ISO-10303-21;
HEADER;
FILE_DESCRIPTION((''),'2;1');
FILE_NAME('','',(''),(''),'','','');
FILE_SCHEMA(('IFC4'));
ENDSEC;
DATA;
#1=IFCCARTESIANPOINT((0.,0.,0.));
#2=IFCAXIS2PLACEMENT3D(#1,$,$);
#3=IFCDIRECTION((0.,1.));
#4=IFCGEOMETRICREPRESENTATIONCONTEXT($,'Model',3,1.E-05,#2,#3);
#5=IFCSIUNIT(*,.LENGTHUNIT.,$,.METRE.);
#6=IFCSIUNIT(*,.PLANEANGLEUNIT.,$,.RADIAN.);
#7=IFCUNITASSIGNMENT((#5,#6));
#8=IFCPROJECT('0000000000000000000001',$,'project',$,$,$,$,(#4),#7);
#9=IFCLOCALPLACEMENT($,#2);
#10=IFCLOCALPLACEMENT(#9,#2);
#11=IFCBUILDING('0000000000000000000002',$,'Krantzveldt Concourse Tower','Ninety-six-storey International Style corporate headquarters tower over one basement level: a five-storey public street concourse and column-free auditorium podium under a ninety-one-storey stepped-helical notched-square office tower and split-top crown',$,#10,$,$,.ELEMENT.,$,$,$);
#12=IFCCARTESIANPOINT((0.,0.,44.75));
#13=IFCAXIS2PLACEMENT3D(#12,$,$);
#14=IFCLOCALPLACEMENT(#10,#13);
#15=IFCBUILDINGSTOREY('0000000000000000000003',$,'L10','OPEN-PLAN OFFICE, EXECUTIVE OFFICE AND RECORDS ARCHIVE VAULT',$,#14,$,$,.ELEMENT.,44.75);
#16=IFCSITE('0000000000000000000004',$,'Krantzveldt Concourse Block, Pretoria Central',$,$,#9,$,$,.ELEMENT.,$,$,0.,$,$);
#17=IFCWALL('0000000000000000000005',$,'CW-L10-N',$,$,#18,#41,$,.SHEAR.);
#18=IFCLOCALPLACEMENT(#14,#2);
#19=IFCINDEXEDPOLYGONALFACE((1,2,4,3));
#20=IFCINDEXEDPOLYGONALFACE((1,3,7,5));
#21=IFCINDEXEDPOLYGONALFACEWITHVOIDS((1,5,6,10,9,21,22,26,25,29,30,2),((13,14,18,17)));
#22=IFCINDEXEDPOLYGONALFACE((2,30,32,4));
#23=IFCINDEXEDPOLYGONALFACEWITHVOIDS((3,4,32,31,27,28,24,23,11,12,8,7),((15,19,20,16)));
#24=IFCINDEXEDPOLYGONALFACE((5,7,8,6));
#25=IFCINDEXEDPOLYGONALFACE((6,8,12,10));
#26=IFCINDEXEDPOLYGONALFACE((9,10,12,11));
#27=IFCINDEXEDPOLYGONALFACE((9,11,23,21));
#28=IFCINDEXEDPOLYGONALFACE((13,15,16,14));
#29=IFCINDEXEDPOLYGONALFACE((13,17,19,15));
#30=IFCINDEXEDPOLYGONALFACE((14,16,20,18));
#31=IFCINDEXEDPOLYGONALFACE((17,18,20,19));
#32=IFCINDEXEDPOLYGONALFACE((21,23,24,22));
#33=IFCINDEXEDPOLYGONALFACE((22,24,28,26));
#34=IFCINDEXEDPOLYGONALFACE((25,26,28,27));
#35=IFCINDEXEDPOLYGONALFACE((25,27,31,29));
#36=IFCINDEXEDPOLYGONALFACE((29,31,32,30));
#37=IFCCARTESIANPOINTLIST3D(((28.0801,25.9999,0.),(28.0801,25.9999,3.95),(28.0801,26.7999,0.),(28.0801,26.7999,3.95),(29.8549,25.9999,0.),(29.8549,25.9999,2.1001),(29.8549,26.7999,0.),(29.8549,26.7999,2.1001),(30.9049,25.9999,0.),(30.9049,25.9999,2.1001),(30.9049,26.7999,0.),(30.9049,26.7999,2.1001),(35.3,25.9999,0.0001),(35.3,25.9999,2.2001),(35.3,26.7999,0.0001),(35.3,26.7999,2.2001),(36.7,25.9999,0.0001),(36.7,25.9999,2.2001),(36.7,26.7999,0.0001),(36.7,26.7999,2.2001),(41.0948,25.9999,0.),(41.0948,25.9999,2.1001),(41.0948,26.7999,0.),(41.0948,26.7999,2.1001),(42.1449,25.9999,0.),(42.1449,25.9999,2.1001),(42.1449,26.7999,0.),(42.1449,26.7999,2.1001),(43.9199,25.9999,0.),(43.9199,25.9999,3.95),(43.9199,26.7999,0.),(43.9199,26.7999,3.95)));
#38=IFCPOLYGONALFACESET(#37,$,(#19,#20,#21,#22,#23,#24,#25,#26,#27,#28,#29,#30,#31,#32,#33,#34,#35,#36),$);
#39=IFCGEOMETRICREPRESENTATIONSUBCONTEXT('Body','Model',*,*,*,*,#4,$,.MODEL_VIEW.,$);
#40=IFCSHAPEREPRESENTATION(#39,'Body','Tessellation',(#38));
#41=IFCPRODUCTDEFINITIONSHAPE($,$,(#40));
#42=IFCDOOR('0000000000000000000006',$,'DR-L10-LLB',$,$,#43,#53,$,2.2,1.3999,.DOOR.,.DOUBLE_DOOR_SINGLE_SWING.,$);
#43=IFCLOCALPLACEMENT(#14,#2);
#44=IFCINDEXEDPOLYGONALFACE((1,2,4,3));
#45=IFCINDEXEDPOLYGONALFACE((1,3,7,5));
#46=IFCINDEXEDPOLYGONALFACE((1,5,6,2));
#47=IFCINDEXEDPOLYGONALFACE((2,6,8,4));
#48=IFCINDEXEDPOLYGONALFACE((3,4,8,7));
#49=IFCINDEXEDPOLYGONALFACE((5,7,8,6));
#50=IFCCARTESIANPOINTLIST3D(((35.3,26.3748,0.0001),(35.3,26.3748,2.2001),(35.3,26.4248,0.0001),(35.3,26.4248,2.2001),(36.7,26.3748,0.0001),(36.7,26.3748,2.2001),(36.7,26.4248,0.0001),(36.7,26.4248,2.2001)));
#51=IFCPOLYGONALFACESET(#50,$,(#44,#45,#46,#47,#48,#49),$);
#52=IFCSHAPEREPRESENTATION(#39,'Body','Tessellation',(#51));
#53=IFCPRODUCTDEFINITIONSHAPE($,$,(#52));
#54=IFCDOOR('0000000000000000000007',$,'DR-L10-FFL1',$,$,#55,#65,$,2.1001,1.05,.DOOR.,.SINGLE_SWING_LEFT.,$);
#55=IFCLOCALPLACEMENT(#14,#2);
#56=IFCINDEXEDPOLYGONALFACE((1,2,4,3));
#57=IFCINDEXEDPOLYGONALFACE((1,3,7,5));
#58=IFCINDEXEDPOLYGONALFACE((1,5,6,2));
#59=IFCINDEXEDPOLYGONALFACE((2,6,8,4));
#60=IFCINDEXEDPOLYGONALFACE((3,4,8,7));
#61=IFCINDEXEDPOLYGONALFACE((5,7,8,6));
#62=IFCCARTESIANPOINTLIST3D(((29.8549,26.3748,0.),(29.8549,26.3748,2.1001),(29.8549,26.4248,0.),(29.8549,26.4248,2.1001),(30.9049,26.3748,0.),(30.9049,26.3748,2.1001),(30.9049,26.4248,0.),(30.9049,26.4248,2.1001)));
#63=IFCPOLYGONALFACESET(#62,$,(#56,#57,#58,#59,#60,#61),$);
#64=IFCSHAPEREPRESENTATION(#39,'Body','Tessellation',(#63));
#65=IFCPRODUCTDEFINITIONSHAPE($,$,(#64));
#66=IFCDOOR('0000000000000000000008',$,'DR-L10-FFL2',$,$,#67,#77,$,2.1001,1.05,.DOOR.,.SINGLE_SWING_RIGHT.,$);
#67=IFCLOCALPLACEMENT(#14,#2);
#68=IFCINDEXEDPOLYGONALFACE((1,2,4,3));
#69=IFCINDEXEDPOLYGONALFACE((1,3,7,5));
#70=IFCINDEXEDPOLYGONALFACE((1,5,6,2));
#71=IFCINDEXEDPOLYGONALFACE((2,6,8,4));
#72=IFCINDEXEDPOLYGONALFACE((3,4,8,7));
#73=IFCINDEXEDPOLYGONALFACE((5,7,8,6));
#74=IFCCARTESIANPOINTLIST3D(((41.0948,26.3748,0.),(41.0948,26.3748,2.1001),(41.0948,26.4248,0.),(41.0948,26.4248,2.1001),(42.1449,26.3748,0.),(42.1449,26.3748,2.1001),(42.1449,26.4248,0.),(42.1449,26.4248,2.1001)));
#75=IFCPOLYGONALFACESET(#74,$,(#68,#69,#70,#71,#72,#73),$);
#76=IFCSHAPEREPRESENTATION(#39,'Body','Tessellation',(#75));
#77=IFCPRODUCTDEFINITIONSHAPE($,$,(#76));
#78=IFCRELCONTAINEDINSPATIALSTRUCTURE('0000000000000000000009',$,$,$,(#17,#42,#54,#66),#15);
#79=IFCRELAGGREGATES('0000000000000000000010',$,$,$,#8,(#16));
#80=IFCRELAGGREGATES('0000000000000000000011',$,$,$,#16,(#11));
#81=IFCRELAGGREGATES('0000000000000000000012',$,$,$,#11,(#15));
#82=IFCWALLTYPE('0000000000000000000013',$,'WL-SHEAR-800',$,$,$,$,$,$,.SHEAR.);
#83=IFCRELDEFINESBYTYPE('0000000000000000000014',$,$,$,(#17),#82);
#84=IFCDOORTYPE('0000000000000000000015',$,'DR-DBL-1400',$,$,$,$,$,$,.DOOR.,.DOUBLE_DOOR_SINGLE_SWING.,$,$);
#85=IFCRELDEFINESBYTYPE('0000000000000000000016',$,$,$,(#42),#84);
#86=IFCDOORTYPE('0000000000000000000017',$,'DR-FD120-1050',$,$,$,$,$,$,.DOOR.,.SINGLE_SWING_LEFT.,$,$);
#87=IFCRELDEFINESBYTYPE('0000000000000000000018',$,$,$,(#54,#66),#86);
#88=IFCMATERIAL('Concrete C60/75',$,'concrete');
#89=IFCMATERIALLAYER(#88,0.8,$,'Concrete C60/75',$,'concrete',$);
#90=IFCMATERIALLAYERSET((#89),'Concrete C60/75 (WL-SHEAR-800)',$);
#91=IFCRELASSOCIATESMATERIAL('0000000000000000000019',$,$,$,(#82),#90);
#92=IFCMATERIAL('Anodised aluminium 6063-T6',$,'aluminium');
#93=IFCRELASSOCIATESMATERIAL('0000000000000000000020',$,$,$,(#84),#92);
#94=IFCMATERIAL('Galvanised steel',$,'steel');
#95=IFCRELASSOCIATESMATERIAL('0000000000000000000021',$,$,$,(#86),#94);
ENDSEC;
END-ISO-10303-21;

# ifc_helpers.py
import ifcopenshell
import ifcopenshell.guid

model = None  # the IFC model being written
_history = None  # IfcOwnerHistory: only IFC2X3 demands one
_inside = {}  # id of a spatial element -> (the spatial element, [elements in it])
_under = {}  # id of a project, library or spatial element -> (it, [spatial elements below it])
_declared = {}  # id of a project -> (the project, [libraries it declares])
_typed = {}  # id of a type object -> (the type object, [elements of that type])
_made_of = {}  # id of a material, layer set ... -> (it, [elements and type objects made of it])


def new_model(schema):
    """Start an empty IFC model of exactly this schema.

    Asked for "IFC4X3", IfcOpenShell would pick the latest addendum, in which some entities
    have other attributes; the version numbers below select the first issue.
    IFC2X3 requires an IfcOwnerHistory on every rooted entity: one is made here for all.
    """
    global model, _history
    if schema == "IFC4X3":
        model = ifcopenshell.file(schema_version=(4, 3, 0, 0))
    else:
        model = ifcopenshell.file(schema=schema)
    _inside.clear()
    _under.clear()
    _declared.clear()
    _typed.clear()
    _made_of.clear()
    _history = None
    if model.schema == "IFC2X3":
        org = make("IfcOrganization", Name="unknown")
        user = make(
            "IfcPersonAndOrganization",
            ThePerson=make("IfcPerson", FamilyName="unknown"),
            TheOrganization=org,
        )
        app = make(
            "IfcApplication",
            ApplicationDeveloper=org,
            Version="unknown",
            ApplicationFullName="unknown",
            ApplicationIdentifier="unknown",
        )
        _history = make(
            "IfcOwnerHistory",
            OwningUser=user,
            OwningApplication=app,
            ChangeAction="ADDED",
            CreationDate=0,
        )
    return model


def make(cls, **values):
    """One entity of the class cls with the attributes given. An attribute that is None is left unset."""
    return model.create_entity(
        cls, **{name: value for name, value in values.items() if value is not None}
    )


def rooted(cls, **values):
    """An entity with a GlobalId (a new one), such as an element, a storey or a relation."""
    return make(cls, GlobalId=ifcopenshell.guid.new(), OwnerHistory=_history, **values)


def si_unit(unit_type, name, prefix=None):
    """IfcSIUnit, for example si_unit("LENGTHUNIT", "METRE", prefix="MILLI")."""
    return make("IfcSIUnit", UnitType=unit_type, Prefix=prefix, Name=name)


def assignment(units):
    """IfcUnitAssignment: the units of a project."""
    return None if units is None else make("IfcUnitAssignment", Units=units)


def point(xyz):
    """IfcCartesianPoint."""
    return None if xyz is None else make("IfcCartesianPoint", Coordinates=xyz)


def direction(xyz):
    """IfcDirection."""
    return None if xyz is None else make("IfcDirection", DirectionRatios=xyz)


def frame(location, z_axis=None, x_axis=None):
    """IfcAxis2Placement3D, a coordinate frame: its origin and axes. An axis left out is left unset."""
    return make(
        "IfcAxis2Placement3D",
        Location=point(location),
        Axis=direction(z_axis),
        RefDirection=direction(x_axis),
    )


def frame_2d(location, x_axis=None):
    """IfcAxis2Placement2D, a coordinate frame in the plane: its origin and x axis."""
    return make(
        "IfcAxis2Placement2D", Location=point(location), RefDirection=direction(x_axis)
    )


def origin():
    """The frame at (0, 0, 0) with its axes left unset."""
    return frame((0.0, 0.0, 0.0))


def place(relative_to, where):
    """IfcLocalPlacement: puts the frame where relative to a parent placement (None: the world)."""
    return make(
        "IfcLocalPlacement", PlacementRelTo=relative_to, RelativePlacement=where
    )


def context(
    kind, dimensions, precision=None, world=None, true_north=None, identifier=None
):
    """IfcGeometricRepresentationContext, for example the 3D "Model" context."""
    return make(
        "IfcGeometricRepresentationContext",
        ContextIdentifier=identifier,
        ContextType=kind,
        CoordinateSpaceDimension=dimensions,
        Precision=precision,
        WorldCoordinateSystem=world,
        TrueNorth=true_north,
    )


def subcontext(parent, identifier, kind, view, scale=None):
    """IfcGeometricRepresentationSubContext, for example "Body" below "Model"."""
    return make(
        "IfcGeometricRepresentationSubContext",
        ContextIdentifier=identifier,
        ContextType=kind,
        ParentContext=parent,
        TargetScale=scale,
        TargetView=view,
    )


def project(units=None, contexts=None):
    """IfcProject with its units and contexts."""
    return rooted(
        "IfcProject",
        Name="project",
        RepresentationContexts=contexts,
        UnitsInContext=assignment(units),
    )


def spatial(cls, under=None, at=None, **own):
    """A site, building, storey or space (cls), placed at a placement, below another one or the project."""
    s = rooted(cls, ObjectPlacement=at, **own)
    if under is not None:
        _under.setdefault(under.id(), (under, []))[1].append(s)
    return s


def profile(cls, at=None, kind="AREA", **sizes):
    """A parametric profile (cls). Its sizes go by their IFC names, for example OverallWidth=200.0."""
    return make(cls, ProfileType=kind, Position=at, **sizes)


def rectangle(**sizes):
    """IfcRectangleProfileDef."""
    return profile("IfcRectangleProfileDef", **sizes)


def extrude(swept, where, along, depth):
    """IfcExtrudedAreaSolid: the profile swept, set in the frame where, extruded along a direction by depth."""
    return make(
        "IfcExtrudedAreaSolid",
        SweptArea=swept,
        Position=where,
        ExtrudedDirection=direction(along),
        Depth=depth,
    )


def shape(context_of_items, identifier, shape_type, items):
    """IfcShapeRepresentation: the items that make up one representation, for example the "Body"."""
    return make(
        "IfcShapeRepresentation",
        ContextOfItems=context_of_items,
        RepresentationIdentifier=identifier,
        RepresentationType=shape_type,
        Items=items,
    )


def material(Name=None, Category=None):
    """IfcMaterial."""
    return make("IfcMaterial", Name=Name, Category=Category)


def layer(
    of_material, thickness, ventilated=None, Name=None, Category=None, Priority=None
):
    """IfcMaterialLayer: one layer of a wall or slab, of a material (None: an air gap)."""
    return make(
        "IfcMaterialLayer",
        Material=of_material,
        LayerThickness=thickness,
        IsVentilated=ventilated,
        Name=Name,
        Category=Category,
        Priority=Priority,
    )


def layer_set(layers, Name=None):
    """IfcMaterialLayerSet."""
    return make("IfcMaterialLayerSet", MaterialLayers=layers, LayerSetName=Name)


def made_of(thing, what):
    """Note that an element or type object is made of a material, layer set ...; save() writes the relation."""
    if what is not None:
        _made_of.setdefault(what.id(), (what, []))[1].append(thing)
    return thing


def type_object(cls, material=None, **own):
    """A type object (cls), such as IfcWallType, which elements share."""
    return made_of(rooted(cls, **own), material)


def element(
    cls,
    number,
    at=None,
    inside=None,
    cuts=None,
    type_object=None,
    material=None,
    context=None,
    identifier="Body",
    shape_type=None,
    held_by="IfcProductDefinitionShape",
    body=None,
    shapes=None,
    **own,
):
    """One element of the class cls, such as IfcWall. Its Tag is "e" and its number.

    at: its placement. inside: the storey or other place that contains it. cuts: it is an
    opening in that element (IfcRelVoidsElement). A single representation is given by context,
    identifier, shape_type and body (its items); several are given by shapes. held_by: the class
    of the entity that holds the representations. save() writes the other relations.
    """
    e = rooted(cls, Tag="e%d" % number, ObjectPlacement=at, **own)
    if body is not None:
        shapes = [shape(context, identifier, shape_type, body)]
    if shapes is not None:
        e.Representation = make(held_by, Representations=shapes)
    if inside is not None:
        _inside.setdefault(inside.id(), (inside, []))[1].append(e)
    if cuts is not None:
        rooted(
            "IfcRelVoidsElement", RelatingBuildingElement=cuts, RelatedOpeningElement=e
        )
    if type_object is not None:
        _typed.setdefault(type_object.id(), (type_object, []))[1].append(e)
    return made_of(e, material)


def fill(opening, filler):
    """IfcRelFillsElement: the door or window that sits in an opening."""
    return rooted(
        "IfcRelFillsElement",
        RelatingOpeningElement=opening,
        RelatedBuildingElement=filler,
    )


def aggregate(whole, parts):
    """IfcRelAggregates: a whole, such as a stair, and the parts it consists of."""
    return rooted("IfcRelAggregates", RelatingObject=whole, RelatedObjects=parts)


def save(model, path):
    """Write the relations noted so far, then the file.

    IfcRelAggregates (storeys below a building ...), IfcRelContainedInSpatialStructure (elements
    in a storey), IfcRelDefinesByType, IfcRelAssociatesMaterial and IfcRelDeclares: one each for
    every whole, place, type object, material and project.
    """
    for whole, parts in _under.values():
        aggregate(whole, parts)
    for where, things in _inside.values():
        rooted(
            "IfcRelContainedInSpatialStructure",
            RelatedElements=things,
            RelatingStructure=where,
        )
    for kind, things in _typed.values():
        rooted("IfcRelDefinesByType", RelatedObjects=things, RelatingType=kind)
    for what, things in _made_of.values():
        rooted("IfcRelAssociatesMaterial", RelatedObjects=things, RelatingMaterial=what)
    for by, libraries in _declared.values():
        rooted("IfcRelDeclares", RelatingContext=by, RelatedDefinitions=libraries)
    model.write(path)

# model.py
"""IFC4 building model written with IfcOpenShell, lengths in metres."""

from ifc_helpers import new_model, si_unit, direction, frame, frame_2d, origin, place, context, subcontext, project, spatial, rectangle, extrude, material, layer, layer_set, type_object, element, fill, save


model = new_model("IFC4")

# Units and contexts
model_context = context("Model", 3, precision=1e-05, world=origin(), true_north=direction((0.0, 1.0)))
body_context = subcontext(model_context, "Body", "Model", "MODEL_VIEW")
ifc_project = project(units=[si_unit("LENGTHUNIT", "METRE"), si_unit("PLANEANGLEUNIT", "RADIAN")], contexts=[model_context])

# Site, building, storey
site_placement = place(None, origin())
site = spatial("IfcSite", under=ifc_project, at=site_placement, Name="Krantzveldt Concourse Block, Pretoria Central", CompositionType="ELEMENT", RefElevation=0.0)
building_placement = place(site_placement, origin())
building = spatial("IfcBuilding", under=site, at=building_placement, Name="Krantzveldt Concourse Tower", Description="Ninety-six-storey International Style corporate headquarters tower over one basement level: a five-storey public street concourse and column-free auditorium podium under a ninety-one-storey stepped-helical notched-square office tower and split-top crown", CompositionType="ELEMENT")
storey_placement = place(building_placement, frame((0.0, 0.0, 44.75)))
storey = spatial("IfcBuildingStorey", under=building, at=storey_placement, Name="L10", Description="OPEN-PLAN OFFICE, EXECUTIVE OFFICE AND RECORDS ARCHIVE VAULT", CompositionType="ELEMENT", Elevation=44.75)

# Wall, openings, doors
ifc_material_1 = material(Name="Concrete C60/75", Category="concrete")
ifc_layer_1 = layer(ifc_material_1, 0.8, Name="Concrete C60/75", Category="concrete")
ifc_layer_set_1 = layer_set([ifc_layer_1], Name="Concrete C60/75 (WL-SHEAR-800)")
wall_type_1 = type_object("IfcWallType", Name="WL-SHEAR-800", PredefinedType="SHEAR", material=ifc_layer_set_1)
wall_1_placement = place(storey_placement, frame((28.0801, 26.3999, 0.0), z_axis=(0.0, 0.0, 1.0), x_axis=(1.0, 0.0, 0.0)))
wall_1 = element("IfcWall", 1, at=wall_1_placement, inside=storey, type_object=wall_type_1, Name="CW-L10-N", PredefinedType="SHEAR", context=body_context, shape_type="SweptSolid", body=[
    extrude(rectangle(XDim=15.8398, YDim=0.8, at=frame_2d((7.9199, 0.0))), origin(), (0.0, 0.0, 1.0), 3.95),
])
opening_1_placement = place(wall_1_placement, frame((7.22, 0.0, 0.0)))
opening_1 = element("IfcOpeningElement", 2, at=opening_1_placement, cuts=wall_1, PredefinedType="OPENING", context=body_context, shape_type="SweptSolid", body=[
    extrude(rectangle(XDim=1.3999, YDim=2.2, at=frame_2d((0.7, 1.1001))), frame((0.0, 0.4102, 0.0), z_axis=(0.0, -1.0, 0.0), x_axis=(1.0, 0.0, 0.0)), (0.0, 0.0, 1.0), 0.8201),
])
opening_2_placement = place(wall_1_placement, frame((1.7749, 0.0, 0.0)))
opening_2 = element("IfcOpeningElement", 3, at=opening_2_placement, cuts=wall_1, PredefinedType="OPENING", context=body_context, shape_type="SweptSolid", body=[
    extrude(rectangle(XDim=1.05, YDim=2.1001, at=frame_2d((0.5249, 1.05))), frame((0.0, 0.4102, 0.0), z_axis=(0.0, -1.0, 0.0), x_axis=(1.0, 0.0, 0.0)), (0.0, 0.0, 1.0), 0.8201),
])
opening_3_placement = place(wall_1_placement, frame((13.0149, 0.0, 0.0)))
opening_3 = element("IfcOpeningElement", 4, at=opening_3_placement, cuts=wall_1, PredefinedType="OPENING", context=body_context, shape_type="SweptSolid", body=[
    extrude(rectangle(XDim=1.05, YDim=2.1001, at=frame_2d((0.5249, 1.05))), frame((0.0, 0.4102, 0.0), z_axis=(0.0, -1.0, 0.0), x_axis=(1.0, 0.0, 0.0)), (0.0, 0.0, 1.0), 0.8201),
])
ifc_material_2 = material(Name="Anodised aluminium 6063-T6", Category="aluminium")
door_type_1 = type_object("IfcDoorType", Name="DR-DBL-1400", OperationType="DOUBLE_DOOR_SINGLE_SWING", PredefinedType="DOOR", material=ifc_material_2)
door_1_placement = place(opening_1_placement, origin())
door_1 = element("IfcDoor", 5, at=door_1_placement, inside=storey, type_object=door_type_1, Name="DR-L10-LLB", OperationType="DOUBLE_DOOR_SINGLE_SWING", OverallHeight=2.2, OverallWidth=1.3999, PredefinedType="DOOR", context=body_context, shape_type="SweptSolid", body=[
    extrude(rectangle(XDim=1.3999, YDim=2.2, at=frame_2d((0.7, 1.1001))), frame((0.0, 0.0249, 0.0), z_axis=(0.0, -1.0, 0.0), x_axis=(1.0, 0.0, 0.0)), (0.0, 0.0, 1.0), 0.05),
])
fill(opening_1, door_1)
ifc_material_3 = material(Name="Galvanised steel", Category="steel")
door_type_2 = type_object("IfcDoorType", Name="DR-FD120-1050", OperationType="SINGLE_SWING_LEFT", PredefinedType="DOOR", material=ifc_material_3)
door_2_placement = place(opening_2_placement, origin())
door_2 = element("IfcDoor", 6, at=door_2_placement, inside=storey, type_object=door_type_2, Name="DR-L10-FFL1", OperationType="SINGLE_SWING_LEFT", OverallHeight=2.1001, OverallWidth=1.05, PredefinedType="DOOR", context=body_context, shape_type="SweptSolid", body=[
    extrude(rectangle(XDim=1.05, YDim=2.1001, at=frame_2d((0.5249, 1.05))), frame((0.0, 0.0249, 0.0), z_axis=(0.0, -1.0, 0.0), x_axis=(1.0, 0.0, 0.0)), (0.0, 0.0, 1.0), 0.05),
])
fill(opening_2, door_2)
door_3_placement = place(opening_3_placement, origin())
door_3 = element("IfcDoor", 7, at=door_3_placement, inside=storey, type_object=door_type_2, Name="DR-L10-FFL2", OperationType="SINGLE_SWING_RIGHT", OverallHeight=2.1001, OverallWidth=1.05, PredefinedType="DOOR", context=body_context, shape_type="SweptSolid", body=[
    extrude(rectangle(XDim=1.05, YDim=2.1001, at=frame_2d((0.5249, 1.05))), frame((0.0, 0.0249, 0.0), z_axis=(0.0, -1.0, 0.0), x_axis=(1.0, 0.0, 0.0)), (0.0, 0.0, 1.0), 0.05),
])
fill(opening_3, door_3)

save(model, "model.ifc")
